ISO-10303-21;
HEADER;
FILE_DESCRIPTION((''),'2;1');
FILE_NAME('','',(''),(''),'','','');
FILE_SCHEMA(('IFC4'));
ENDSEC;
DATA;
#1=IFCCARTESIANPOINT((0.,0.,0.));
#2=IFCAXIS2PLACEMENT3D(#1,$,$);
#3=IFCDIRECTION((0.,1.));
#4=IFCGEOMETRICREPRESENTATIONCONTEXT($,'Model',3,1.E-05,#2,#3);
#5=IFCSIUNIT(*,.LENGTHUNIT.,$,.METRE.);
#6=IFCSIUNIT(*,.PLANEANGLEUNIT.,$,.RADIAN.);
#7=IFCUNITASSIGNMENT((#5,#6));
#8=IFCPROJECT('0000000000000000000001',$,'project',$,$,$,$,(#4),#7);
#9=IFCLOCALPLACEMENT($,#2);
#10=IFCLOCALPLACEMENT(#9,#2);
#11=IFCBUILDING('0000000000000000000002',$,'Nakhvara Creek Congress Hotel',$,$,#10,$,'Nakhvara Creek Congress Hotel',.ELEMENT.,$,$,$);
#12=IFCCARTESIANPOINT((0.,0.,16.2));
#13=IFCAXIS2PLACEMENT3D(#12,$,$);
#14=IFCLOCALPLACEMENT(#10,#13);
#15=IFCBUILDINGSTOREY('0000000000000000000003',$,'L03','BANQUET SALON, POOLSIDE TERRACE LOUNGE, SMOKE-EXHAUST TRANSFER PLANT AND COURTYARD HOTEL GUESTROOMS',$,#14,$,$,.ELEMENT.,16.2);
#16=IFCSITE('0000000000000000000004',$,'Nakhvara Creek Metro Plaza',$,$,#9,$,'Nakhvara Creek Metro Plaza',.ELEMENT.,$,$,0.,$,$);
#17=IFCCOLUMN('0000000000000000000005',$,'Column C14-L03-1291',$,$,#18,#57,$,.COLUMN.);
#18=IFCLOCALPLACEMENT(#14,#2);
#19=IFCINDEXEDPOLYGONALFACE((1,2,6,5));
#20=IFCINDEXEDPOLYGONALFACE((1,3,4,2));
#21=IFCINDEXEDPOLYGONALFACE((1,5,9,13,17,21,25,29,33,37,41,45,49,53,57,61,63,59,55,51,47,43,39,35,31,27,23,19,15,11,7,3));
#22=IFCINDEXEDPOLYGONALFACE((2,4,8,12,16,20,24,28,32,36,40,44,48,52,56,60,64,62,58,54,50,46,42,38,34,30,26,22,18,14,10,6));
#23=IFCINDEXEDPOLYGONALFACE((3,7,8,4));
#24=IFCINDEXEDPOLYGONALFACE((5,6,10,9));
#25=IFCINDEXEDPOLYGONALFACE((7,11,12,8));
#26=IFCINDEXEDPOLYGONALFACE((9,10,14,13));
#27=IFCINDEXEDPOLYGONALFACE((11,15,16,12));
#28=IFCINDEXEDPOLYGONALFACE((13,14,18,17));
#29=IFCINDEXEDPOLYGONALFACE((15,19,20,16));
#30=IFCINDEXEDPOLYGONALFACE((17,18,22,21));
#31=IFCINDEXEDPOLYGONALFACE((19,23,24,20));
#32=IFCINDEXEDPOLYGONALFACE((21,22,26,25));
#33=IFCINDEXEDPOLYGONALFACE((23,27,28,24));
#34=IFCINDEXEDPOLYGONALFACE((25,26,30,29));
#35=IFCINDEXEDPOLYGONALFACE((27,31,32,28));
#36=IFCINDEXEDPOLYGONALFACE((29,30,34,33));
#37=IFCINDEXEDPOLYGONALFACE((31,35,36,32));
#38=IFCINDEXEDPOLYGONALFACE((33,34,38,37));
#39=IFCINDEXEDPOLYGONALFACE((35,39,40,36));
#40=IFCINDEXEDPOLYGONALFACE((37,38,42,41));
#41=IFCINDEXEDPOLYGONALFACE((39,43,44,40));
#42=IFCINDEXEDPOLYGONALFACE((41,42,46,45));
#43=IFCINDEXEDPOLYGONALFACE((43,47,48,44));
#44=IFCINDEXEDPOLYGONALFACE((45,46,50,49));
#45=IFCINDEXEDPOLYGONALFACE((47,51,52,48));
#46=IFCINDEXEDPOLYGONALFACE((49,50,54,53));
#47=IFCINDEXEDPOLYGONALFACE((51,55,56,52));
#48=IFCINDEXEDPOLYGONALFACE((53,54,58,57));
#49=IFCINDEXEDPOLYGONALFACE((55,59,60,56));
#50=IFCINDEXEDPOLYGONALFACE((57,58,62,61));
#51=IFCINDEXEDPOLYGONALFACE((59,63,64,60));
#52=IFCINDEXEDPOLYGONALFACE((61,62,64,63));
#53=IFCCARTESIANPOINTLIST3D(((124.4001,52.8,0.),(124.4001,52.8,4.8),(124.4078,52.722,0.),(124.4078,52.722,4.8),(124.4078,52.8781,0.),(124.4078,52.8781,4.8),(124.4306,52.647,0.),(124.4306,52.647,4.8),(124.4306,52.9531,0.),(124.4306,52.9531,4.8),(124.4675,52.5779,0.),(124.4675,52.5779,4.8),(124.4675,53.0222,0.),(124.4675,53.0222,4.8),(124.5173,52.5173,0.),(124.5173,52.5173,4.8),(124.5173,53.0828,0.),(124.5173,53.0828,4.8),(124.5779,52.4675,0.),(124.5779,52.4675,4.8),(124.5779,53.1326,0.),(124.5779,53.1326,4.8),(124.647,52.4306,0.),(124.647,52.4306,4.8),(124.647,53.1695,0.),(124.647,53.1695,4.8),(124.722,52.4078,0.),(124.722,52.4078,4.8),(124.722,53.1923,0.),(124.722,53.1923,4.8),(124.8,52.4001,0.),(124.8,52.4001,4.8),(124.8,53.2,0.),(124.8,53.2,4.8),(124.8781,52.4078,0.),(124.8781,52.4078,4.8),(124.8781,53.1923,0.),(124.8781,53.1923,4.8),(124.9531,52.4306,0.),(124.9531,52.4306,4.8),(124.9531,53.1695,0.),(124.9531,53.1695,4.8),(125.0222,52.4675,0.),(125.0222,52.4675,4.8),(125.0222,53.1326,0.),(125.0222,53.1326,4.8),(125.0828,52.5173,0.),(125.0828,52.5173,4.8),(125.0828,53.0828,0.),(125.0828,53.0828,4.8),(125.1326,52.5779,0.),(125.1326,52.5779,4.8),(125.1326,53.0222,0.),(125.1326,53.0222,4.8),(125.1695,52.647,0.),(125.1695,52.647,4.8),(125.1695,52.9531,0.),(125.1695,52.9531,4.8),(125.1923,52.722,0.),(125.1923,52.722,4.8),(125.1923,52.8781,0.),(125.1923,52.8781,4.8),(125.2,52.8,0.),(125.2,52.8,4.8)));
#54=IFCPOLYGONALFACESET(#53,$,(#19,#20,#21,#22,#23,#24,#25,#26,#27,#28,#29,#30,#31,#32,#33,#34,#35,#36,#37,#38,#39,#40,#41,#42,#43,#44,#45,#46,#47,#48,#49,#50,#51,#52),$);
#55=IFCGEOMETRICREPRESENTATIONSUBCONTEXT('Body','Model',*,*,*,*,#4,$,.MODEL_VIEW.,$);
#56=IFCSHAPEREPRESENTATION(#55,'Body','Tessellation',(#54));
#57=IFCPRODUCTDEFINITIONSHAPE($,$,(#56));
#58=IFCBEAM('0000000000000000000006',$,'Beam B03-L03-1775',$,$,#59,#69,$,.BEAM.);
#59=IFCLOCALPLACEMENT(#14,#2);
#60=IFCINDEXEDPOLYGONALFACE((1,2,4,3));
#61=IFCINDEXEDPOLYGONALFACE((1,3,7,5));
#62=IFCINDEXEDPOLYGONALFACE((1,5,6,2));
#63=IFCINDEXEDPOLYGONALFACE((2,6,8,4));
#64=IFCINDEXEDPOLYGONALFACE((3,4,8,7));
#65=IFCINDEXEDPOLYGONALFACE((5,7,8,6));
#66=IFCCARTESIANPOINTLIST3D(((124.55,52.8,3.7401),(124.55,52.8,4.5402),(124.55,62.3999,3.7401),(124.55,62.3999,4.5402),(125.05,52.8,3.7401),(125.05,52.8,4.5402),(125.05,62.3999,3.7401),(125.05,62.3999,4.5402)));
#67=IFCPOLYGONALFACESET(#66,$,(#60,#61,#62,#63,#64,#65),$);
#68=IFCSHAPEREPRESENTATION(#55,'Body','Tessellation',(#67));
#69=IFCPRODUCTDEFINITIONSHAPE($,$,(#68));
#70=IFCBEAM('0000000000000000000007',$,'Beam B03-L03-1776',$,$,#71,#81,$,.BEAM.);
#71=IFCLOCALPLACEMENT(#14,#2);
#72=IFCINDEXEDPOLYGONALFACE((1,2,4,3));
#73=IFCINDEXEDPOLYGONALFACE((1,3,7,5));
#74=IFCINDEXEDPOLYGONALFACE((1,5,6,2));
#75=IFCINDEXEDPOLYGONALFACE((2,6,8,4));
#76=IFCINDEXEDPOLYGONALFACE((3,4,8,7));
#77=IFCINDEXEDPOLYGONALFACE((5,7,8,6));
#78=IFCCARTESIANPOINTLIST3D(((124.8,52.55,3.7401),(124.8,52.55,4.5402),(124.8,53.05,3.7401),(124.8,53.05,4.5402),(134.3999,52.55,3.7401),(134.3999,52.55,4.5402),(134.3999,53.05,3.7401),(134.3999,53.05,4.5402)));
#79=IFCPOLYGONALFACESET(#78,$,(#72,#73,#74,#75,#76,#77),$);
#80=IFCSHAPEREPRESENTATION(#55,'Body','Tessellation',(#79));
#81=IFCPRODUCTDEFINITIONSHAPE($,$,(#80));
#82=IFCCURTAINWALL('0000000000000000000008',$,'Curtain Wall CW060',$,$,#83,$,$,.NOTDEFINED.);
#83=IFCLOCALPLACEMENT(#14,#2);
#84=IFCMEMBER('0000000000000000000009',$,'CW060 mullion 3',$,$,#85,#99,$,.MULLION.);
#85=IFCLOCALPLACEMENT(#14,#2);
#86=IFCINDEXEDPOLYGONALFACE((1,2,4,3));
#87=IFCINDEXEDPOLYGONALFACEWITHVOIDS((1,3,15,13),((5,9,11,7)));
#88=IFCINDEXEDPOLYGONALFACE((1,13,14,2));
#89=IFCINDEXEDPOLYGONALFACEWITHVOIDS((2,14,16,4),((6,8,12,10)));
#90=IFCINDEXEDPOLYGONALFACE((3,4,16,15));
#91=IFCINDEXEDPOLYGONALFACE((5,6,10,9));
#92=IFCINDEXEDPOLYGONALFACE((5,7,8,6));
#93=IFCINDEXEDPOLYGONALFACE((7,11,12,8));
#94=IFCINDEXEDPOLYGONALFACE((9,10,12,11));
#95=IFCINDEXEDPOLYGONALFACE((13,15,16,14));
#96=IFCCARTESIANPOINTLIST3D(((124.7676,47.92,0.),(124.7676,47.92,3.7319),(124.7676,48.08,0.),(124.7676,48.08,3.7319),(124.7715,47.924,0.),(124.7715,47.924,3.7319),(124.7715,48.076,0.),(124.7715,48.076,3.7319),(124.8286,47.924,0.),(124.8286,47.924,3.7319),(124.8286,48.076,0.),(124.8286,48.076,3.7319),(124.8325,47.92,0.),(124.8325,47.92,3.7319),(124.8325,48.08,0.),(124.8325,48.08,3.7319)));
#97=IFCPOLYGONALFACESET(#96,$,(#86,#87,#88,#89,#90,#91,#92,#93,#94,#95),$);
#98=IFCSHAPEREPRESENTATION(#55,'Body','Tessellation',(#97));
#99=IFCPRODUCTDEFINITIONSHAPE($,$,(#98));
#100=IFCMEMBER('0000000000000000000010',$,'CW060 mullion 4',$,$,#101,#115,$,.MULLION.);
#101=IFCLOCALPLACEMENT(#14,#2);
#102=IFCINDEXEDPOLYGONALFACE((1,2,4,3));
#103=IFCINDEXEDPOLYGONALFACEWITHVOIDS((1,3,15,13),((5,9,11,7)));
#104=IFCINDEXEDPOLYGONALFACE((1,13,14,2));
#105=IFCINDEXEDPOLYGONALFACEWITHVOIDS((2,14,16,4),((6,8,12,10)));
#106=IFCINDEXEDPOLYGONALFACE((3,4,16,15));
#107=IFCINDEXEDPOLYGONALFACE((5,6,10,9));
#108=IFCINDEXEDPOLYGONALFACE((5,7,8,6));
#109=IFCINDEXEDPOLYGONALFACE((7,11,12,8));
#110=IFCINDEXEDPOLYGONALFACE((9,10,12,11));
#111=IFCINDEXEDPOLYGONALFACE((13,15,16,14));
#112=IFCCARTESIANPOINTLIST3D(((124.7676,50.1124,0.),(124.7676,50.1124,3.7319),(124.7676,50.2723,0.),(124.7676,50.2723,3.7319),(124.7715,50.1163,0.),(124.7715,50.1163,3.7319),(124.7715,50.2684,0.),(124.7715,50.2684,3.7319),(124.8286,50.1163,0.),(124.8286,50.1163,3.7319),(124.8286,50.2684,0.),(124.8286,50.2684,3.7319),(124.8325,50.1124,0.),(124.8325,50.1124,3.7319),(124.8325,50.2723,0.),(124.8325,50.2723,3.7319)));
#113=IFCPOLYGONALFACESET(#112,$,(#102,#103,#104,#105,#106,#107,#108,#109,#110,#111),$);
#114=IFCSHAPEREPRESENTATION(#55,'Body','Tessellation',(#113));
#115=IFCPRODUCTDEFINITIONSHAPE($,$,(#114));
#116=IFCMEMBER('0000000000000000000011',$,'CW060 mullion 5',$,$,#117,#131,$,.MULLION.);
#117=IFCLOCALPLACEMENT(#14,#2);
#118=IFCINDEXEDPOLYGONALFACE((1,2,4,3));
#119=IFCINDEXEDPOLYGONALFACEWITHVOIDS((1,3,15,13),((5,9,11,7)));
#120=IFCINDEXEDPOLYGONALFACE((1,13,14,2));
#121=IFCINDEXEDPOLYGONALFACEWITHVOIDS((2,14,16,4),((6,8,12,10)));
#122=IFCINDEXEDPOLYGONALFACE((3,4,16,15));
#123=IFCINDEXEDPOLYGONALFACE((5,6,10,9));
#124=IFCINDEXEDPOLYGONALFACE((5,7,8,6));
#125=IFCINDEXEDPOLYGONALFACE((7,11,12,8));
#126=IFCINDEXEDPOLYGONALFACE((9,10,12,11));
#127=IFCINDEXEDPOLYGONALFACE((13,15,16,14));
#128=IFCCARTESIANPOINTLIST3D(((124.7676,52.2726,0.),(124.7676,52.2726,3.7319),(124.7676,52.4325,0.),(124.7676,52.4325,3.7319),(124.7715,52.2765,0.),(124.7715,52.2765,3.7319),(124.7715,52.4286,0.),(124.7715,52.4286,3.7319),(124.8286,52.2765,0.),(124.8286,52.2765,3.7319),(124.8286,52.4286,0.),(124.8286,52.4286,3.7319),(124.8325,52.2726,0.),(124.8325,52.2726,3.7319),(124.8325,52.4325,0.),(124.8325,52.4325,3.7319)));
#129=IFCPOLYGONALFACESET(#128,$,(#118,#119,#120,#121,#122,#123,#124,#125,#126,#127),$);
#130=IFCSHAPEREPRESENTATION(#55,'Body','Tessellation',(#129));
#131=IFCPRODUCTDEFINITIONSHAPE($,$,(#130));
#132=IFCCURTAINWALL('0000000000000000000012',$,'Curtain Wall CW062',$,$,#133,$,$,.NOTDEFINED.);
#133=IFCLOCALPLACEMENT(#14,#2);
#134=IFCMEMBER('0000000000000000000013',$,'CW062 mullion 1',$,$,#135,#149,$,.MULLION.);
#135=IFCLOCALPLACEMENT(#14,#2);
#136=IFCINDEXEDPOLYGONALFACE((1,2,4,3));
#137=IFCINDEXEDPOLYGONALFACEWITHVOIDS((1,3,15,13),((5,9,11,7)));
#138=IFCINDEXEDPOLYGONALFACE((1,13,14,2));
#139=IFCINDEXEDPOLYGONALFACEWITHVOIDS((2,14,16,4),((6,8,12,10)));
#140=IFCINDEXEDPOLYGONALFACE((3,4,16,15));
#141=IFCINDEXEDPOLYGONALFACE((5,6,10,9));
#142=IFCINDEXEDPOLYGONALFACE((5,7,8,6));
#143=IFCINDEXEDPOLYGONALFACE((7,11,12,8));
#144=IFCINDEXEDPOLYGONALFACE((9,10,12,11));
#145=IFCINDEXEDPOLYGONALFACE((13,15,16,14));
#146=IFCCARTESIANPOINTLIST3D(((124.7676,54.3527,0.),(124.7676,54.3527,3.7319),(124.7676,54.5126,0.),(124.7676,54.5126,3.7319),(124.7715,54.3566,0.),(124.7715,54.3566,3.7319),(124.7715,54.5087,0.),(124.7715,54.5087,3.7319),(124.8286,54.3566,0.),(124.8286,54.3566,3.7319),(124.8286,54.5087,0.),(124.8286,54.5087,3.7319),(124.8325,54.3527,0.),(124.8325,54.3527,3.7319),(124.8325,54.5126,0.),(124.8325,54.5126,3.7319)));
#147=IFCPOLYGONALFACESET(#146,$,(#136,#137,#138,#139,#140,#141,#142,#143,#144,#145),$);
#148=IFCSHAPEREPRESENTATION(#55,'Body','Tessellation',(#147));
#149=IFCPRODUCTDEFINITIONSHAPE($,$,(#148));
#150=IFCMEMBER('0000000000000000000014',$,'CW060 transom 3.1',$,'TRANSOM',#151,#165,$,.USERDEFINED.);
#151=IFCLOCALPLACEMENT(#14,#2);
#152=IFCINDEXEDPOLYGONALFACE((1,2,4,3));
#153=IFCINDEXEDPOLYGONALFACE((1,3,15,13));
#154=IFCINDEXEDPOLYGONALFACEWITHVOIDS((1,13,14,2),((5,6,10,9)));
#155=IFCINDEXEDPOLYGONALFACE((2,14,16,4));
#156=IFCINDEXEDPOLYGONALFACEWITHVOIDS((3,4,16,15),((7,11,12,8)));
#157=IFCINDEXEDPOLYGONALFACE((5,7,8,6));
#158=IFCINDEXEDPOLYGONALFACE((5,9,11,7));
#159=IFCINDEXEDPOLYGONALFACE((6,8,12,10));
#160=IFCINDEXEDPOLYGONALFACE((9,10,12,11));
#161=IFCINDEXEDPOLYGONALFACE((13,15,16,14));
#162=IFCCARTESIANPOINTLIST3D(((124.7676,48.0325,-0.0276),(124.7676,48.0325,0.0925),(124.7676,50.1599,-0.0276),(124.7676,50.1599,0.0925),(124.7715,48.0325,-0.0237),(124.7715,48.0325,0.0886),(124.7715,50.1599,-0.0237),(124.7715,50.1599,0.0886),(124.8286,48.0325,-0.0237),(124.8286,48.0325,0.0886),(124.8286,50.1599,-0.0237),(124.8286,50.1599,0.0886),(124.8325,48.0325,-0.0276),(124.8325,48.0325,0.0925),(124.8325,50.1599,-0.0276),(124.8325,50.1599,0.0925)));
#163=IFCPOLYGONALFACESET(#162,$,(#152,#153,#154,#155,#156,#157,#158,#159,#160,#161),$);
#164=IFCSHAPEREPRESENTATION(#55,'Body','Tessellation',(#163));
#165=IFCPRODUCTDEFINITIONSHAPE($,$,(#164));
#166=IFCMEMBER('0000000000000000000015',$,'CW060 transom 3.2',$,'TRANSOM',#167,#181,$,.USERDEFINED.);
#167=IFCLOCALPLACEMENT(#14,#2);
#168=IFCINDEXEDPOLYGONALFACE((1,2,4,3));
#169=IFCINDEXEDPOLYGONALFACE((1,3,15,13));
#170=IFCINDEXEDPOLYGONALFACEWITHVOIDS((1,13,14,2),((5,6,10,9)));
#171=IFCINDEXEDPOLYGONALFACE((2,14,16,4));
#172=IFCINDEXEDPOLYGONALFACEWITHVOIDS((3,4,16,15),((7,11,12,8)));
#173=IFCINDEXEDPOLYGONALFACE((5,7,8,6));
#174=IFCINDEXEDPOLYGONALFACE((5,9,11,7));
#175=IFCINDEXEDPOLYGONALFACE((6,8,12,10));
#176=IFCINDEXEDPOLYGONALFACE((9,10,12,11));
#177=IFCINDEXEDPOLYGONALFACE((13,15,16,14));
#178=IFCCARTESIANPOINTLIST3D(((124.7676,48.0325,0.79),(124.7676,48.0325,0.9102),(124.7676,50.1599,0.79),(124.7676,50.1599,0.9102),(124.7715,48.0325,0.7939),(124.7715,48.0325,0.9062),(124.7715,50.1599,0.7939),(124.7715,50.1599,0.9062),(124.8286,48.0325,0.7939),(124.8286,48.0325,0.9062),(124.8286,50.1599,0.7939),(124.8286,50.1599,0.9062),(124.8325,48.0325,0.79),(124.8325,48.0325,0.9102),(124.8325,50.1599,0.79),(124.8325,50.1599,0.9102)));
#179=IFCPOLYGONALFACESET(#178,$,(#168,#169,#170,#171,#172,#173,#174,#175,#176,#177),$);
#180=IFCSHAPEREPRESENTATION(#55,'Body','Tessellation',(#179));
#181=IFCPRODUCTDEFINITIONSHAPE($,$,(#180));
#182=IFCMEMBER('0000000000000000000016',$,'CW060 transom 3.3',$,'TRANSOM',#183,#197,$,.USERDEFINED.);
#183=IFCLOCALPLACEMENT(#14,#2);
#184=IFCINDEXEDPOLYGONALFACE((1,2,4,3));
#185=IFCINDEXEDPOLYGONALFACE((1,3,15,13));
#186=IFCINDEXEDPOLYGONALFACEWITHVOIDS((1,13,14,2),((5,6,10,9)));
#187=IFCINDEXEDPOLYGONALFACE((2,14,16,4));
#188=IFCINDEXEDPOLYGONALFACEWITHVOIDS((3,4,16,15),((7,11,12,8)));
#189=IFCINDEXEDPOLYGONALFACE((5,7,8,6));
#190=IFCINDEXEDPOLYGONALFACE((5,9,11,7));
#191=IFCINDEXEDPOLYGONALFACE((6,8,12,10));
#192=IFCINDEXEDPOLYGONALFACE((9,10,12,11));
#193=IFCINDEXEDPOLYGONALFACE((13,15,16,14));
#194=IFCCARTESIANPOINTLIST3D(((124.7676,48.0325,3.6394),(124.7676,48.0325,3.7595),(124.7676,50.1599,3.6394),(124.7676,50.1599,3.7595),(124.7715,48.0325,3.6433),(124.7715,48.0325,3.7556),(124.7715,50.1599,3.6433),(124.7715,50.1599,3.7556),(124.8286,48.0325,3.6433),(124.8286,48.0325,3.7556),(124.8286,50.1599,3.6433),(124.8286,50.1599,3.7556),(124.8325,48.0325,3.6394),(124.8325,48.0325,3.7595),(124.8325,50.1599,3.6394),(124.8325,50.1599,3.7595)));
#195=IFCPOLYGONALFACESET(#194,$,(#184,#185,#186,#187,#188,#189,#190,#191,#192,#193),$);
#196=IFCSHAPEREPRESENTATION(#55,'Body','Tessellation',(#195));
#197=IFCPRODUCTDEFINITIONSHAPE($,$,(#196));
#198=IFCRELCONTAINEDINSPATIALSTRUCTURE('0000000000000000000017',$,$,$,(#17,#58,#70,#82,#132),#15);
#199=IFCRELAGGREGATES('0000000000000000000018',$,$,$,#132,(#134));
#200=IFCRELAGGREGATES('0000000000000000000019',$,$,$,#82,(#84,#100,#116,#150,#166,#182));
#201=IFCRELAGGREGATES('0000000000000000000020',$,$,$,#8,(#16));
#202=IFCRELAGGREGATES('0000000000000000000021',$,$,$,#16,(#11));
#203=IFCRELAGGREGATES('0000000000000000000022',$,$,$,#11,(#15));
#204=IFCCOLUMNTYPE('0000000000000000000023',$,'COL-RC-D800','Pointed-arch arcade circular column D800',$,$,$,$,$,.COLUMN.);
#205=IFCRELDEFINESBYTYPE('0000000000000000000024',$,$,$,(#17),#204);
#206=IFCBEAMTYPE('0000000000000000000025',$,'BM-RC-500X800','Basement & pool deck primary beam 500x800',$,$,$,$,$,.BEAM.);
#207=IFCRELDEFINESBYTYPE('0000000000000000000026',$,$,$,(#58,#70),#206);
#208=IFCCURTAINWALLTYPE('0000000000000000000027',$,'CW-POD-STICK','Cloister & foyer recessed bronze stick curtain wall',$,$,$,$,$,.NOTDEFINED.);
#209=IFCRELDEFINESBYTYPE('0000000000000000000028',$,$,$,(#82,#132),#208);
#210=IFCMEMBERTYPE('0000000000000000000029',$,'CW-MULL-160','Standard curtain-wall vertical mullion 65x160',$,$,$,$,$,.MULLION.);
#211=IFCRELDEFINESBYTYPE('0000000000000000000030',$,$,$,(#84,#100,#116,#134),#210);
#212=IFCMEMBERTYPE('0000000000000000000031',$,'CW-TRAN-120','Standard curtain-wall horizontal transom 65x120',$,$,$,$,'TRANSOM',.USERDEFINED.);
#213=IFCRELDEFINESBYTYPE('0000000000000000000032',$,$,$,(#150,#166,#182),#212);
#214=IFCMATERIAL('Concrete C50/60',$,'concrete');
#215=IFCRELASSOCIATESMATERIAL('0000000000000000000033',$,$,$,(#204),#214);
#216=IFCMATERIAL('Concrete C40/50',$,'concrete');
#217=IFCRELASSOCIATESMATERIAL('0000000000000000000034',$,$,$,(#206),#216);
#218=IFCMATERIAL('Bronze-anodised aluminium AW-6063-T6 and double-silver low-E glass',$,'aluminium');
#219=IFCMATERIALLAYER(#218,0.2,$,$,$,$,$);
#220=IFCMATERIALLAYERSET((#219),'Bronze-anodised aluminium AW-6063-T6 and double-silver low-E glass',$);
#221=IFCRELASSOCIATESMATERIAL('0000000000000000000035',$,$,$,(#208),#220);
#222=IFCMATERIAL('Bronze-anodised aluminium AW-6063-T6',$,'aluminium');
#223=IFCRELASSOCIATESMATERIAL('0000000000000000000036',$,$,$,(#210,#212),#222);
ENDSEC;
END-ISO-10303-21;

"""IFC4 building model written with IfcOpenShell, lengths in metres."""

from ifc_helpers import new_model, si_unit, direction, frame, origin, origin_2d, place, context, subcontext, project, spatial, rectangle, hollow_rectangle, circle, extrude, material, layer, layer_set, material_profile, profile_set, type_object, element, aggregate, save


model = new_model("IFC4")

# Units and contexts
model_context = context("Model", 3, precision=1e-05, world=origin(), true_north=direction((0.0, 1.0)))
body_context = subcontext(model_context, "Body", "Model", "MODEL_VIEW")
ifc_project = project(units=[si_unit("LENGTHUNIT", "METRE"), si_unit("PLANEANGLEUNIT", "RADIAN")], contexts=[model_context])

# Site, building, storey
site_placement = place(None, origin())
site = spatial("IfcSite", under=ifc_project, at=site_placement, Name="Nakhvara Creek Metro Plaza", LongName="Nakhvara Creek Metro Plaza", CompositionType="ELEMENT", RefElevation=0.0)
building_placement = place(site_placement, origin())
building = spatial("IfcBuilding", under=site, at=building_placement, Name="Nakhvara Creek Congress Hotel", LongName="Nakhvara Creek Congress Hotel", CompositionType="ELEMENT")
storey_placement = place(building_placement, frame((0.0, 0.0, 16.2)))
storey = spatial("IfcBuildingStorey", under=building, at=storey_placement, Name="L03", Description="BANQUET SALON, POOLSIDE TERRACE LOUNGE, SMOKE-EXHAUST TRANSFER PLANT AND COURTYARD HOTEL GUESTROOMS", CompositionType="ELEMENT", Elevation=16.2)

# Column
ifc_material_1 = material(Name="Concrete C50/60", Category="concrete")
ifc_material_profile_1 = material_profile(ifc_material_1, circle(Radius=0.3999, at=origin_2d()), Name="RC-COL D800", Category="LoadBearing")
ifc_profile_set_1 = profile_set([ifc_material_profile_1], Name="Concrete C50/60")
column_type = type_object("IfcColumnType", Name="COL-RC-D800", Description="Pointed-arch arcade circular column D800", PredefinedType="COLUMN", material=ifc_profile_set_1)
column_placement = place(storey_placement, frame((124.8, 52.8, 0.0), z_axis=(0.0, 0.0, 1.0), x_axis=(1.0, 0.0, 0.0)))
element("IfcColumn", 1, at=column_placement, inside=storey, type_object=column_type, Name="Column C14-L03-1291", PredefinedType="COLUMN", context=body_context, shape_type="SweptSolid", body=[
    extrude(circle(Radius=0.3999, at=origin_2d()), origin(), (0.0, 0.0, 1.0), 4.8),
])

# Beams
ifc_material_2 = material(Name="Concrete C40/50", Category="concrete")
ifc_material_profile_2 = material_profile(ifc_material_2, rectangle(XDim=0.5, YDim=0.8, at=origin_2d()), Name="RC-BM 500x800", Category="LoadBearing")
ifc_profile_set_2 = profile_set([ifc_material_profile_2], Name="Concrete C40/50")
beam_type = type_object("IfcBeamType", Name="BM-RC-500X800", Description="Basement & pool deck primary beam 500x800", PredefinedType="BEAM", material=ifc_profile_set_2)
for number, where, z_axis, x_axis, name in (
    (2, (124.8, 52.8, 4.1401), (0.0, 1.0, 0.0), (-1.0, 0.0, 0.0), "Beam B03-L03-1775"),
    (3, (124.8, 52.8, 4.1401), (1.0, 0.0, 0.0), (0.0, 1.0, 0.0), "Beam B03-L03-1776"),
):
    element("IfcBeam", number, at=place(storey_placement, frame(where, z_axis=z_axis, x_axis=x_axis)), inside=storey, type_object=beam_type, Name=name, PredefinedType="BEAM", context=body_context, shape_type="SweptSolid", body=[
        extrude(rectangle(XDim=0.5, YDim=0.8, at=origin_2d()), origin(), (0.0, 0.0, 1.0), 9.5999),
    ])

# Curtain wall, members
ifc_material_3 = material(Name="Bronze-anodised aluminium AW-6063-T6 and double-silver low-E glass", Category="aluminium")
ifc_layer = layer(ifc_material_3, 0.2)
ifc_layer_set = layer_set([ifc_layer], Name="Bronze-anodised aluminium AW-6063-T6 and double-silver low-E glass")
curtain_wall_type = type_object("IfcCurtainWallType", Name="CW-POD-STICK", Description="Cloister & foyer recessed bronze stick curtain wall", PredefinedType="NOTDEFINED", material=ifc_layer_set)
curtain_wall_1_placement = place(storey_placement, origin())
curtain_wall_1 = element("IfcCurtainWall", 4, at=curtain_wall_1_placement, inside=storey, type_object=curtain_wall_type, Name="Curtain Wall CW060", PredefinedType="NOTDEFINED")
ifc_material_4 = material(Name="Bronze-anodised aluminium AW-6063-T6", Category="aluminium")
ifc_material_profile_3 = material_profile(ifc_material_4, hollow_rectangle(XDim=0.0649, YDim=0.1599, WallThickness=0.0039, at=origin_2d()), Name="ALU-MULL 65x160x4", Category="LoadBearing")
ifc_profile_set_3 = profile_set([ifc_material_profile_3], Name="Bronze-anodised aluminium AW-6063-T6")
member_type_1 = type_object("IfcMemberType", Name="CW-MULL-160", Description="Standard curtain-wall vertical mullion 65x160", PredefinedType="MULLION", material=ifc_profile_set_3)
member_1_placement = place(storey_placement, frame((124.8, 48.0, 0.0), z_axis=(0.0, 0.0, 1.0), x_axis=(-1.0, 0.0, 0.0)))
member_1 = element("IfcMember", 5, at=member_1_placement, type_object=member_type_1, Name="CW060 mullion 3", PredefinedType="MULLION", context=body_context, shape_type="SweptSolid", body=[
    extrude(hollow_rectangle(XDim=0.0649, YDim=0.1599, WallThickness=0.0039, at=origin_2d()), origin(), (0.0, 0.0, 1.0), 3.7319),
])
member_2_placement = place(storey_placement, frame((124.8, 50.1924, 0.0), z_axis=(0.0, 0.0, 1.0), x_axis=(-1.0, 0.0, 0.0)))
member_2 = element("IfcMember", 6, at=member_2_placement, type_object=member_type_1, Name="CW060 mullion 4", PredefinedType="MULLION", context=body_context, shape_type="SweptSolid", body=[
    extrude(hollow_rectangle(XDim=0.0649, YDim=0.1599, WallThickness=0.0039, at=origin_2d()), origin(), (0.0, 0.0, 1.0), 3.7319),
])
member_3_placement = place(storey_placement, frame((124.8, 52.3525, 0.0), z_axis=(0.0, 0.0, 1.0), x_axis=(-1.0, 0.0, 0.0)))
member_3 = element("IfcMember", 7, at=member_3_placement, type_object=member_type_1, Name="CW060 mullion 5", PredefinedType="MULLION", context=body_context, shape_type="SweptSolid", body=[
    extrude(hollow_rectangle(XDim=0.0649, YDim=0.1599, WallThickness=0.0039, at=origin_2d()), origin(), (0.0, 0.0, 1.0), 3.7319),
])

# Curtain wall, member
curtain_wall_2_placement = place(storey_placement, origin())
curtain_wall_2 = element("IfcCurtainWall", 8, at=curtain_wall_2_placement, inside=storey, type_object=curtain_wall_type, Name="Curtain Wall CW062", PredefinedType="NOTDEFINED")
member_4_placement = place(storey_placement, frame((124.8, 54.4326, 0.0), z_axis=(0.0, 0.0, 1.0), x_axis=(-1.0, 0.0, 0.0)))
member_4 = element("IfcMember", 9, at=member_4_placement, type_object=member_type_1, Name="CW062 mullion 1", PredefinedType="MULLION", context=body_context, shape_type="SweptSolid", body=[
    extrude(hollow_rectangle(XDim=0.0649, YDim=0.1599, WallThickness=0.0039, at=origin_2d()), origin(), (0.0, 0.0, 1.0), 3.7319),
])

# Members
ifc_material_profile_4 = material_profile(ifc_material_4, hollow_rectangle(XDim=0.0649, YDim=0.1201, WallThickness=0.0039, at=origin_2d()), Name="ALU-TRAN 65x120x4", Category="LoadBearing")
ifc_profile_set_4 = profile_set([ifc_material_profile_4], Name="Bronze-anodised aluminium AW-6063-T6")
member_type_2 = type_object("IfcMemberType", Name="CW-TRAN-120", Description="Standard curtain-wall horizontal transom 65x120", ElementType="TRANSOM", PredefinedType="USERDEFINED", material=ifc_profile_set_4)
member_5_placement = place(storey_placement, frame((124.8, 48.0325, 0.0325), z_axis=(0.0, 1.0, 0.0), x_axis=(-1.0, 0.0, 0.0)))
member_5 = element("IfcMember", 10, at=member_5_placement, type_object=member_type_2, Name="CW060 transom 3.1", ObjectType="TRANSOM", PredefinedType="USERDEFINED", context=body_context, shape_type="SweptSolid", body=[
    extrude(hollow_rectangle(XDim=0.0649, YDim=0.1201, WallThickness=0.0039, at=origin_2d()), origin(), (0.0, 0.0, 1.0), 2.1274),
])
member_6_placement = place(storey_placement, frame((124.8, 48.0325, 0.8501), z_axis=(0.0, 1.0, 0.0), x_axis=(-1.0, 0.0, 0.0)))
member_6 = element("IfcMember", 11, at=member_6_placement, type_object=member_type_2, Name="CW060 transom 3.2", ObjectType="TRANSOM", PredefinedType="USERDEFINED", context=body_context, shape_type="SweptSolid", body=[
    extrude(hollow_rectangle(XDim=0.0649, YDim=0.1201, WallThickness=0.0039, at=origin_2d()), origin(), (0.0, 0.0, 1.0), 2.1274),
])
member_7_placement = place(storey_placement, frame((124.8, 48.0325, 3.6995), z_axis=(0.0, 1.0, 0.0), x_axis=(-1.0, 0.0, 0.0)))
member_7 = element("IfcMember", 12, at=member_7_placement, type_object=member_type_2, Name="CW060 transom 3.3", ObjectType="TRANSOM", PredefinedType="USERDEFINED", context=body_context, shape_type="SweptSolid", body=[
    extrude(hollow_rectangle(XDim=0.0649, YDim=0.1201, WallThickness=0.0039, at=origin_2d()), origin(), (0.0, 0.0, 1.0), 2.1274),
])
aggregate(curtain_wall_2, [member_4])

aggregate(curtain_wall_1, [member_1, member_2, member_3, member_5, member_6, member_7])

save(model, "model.ifc")
